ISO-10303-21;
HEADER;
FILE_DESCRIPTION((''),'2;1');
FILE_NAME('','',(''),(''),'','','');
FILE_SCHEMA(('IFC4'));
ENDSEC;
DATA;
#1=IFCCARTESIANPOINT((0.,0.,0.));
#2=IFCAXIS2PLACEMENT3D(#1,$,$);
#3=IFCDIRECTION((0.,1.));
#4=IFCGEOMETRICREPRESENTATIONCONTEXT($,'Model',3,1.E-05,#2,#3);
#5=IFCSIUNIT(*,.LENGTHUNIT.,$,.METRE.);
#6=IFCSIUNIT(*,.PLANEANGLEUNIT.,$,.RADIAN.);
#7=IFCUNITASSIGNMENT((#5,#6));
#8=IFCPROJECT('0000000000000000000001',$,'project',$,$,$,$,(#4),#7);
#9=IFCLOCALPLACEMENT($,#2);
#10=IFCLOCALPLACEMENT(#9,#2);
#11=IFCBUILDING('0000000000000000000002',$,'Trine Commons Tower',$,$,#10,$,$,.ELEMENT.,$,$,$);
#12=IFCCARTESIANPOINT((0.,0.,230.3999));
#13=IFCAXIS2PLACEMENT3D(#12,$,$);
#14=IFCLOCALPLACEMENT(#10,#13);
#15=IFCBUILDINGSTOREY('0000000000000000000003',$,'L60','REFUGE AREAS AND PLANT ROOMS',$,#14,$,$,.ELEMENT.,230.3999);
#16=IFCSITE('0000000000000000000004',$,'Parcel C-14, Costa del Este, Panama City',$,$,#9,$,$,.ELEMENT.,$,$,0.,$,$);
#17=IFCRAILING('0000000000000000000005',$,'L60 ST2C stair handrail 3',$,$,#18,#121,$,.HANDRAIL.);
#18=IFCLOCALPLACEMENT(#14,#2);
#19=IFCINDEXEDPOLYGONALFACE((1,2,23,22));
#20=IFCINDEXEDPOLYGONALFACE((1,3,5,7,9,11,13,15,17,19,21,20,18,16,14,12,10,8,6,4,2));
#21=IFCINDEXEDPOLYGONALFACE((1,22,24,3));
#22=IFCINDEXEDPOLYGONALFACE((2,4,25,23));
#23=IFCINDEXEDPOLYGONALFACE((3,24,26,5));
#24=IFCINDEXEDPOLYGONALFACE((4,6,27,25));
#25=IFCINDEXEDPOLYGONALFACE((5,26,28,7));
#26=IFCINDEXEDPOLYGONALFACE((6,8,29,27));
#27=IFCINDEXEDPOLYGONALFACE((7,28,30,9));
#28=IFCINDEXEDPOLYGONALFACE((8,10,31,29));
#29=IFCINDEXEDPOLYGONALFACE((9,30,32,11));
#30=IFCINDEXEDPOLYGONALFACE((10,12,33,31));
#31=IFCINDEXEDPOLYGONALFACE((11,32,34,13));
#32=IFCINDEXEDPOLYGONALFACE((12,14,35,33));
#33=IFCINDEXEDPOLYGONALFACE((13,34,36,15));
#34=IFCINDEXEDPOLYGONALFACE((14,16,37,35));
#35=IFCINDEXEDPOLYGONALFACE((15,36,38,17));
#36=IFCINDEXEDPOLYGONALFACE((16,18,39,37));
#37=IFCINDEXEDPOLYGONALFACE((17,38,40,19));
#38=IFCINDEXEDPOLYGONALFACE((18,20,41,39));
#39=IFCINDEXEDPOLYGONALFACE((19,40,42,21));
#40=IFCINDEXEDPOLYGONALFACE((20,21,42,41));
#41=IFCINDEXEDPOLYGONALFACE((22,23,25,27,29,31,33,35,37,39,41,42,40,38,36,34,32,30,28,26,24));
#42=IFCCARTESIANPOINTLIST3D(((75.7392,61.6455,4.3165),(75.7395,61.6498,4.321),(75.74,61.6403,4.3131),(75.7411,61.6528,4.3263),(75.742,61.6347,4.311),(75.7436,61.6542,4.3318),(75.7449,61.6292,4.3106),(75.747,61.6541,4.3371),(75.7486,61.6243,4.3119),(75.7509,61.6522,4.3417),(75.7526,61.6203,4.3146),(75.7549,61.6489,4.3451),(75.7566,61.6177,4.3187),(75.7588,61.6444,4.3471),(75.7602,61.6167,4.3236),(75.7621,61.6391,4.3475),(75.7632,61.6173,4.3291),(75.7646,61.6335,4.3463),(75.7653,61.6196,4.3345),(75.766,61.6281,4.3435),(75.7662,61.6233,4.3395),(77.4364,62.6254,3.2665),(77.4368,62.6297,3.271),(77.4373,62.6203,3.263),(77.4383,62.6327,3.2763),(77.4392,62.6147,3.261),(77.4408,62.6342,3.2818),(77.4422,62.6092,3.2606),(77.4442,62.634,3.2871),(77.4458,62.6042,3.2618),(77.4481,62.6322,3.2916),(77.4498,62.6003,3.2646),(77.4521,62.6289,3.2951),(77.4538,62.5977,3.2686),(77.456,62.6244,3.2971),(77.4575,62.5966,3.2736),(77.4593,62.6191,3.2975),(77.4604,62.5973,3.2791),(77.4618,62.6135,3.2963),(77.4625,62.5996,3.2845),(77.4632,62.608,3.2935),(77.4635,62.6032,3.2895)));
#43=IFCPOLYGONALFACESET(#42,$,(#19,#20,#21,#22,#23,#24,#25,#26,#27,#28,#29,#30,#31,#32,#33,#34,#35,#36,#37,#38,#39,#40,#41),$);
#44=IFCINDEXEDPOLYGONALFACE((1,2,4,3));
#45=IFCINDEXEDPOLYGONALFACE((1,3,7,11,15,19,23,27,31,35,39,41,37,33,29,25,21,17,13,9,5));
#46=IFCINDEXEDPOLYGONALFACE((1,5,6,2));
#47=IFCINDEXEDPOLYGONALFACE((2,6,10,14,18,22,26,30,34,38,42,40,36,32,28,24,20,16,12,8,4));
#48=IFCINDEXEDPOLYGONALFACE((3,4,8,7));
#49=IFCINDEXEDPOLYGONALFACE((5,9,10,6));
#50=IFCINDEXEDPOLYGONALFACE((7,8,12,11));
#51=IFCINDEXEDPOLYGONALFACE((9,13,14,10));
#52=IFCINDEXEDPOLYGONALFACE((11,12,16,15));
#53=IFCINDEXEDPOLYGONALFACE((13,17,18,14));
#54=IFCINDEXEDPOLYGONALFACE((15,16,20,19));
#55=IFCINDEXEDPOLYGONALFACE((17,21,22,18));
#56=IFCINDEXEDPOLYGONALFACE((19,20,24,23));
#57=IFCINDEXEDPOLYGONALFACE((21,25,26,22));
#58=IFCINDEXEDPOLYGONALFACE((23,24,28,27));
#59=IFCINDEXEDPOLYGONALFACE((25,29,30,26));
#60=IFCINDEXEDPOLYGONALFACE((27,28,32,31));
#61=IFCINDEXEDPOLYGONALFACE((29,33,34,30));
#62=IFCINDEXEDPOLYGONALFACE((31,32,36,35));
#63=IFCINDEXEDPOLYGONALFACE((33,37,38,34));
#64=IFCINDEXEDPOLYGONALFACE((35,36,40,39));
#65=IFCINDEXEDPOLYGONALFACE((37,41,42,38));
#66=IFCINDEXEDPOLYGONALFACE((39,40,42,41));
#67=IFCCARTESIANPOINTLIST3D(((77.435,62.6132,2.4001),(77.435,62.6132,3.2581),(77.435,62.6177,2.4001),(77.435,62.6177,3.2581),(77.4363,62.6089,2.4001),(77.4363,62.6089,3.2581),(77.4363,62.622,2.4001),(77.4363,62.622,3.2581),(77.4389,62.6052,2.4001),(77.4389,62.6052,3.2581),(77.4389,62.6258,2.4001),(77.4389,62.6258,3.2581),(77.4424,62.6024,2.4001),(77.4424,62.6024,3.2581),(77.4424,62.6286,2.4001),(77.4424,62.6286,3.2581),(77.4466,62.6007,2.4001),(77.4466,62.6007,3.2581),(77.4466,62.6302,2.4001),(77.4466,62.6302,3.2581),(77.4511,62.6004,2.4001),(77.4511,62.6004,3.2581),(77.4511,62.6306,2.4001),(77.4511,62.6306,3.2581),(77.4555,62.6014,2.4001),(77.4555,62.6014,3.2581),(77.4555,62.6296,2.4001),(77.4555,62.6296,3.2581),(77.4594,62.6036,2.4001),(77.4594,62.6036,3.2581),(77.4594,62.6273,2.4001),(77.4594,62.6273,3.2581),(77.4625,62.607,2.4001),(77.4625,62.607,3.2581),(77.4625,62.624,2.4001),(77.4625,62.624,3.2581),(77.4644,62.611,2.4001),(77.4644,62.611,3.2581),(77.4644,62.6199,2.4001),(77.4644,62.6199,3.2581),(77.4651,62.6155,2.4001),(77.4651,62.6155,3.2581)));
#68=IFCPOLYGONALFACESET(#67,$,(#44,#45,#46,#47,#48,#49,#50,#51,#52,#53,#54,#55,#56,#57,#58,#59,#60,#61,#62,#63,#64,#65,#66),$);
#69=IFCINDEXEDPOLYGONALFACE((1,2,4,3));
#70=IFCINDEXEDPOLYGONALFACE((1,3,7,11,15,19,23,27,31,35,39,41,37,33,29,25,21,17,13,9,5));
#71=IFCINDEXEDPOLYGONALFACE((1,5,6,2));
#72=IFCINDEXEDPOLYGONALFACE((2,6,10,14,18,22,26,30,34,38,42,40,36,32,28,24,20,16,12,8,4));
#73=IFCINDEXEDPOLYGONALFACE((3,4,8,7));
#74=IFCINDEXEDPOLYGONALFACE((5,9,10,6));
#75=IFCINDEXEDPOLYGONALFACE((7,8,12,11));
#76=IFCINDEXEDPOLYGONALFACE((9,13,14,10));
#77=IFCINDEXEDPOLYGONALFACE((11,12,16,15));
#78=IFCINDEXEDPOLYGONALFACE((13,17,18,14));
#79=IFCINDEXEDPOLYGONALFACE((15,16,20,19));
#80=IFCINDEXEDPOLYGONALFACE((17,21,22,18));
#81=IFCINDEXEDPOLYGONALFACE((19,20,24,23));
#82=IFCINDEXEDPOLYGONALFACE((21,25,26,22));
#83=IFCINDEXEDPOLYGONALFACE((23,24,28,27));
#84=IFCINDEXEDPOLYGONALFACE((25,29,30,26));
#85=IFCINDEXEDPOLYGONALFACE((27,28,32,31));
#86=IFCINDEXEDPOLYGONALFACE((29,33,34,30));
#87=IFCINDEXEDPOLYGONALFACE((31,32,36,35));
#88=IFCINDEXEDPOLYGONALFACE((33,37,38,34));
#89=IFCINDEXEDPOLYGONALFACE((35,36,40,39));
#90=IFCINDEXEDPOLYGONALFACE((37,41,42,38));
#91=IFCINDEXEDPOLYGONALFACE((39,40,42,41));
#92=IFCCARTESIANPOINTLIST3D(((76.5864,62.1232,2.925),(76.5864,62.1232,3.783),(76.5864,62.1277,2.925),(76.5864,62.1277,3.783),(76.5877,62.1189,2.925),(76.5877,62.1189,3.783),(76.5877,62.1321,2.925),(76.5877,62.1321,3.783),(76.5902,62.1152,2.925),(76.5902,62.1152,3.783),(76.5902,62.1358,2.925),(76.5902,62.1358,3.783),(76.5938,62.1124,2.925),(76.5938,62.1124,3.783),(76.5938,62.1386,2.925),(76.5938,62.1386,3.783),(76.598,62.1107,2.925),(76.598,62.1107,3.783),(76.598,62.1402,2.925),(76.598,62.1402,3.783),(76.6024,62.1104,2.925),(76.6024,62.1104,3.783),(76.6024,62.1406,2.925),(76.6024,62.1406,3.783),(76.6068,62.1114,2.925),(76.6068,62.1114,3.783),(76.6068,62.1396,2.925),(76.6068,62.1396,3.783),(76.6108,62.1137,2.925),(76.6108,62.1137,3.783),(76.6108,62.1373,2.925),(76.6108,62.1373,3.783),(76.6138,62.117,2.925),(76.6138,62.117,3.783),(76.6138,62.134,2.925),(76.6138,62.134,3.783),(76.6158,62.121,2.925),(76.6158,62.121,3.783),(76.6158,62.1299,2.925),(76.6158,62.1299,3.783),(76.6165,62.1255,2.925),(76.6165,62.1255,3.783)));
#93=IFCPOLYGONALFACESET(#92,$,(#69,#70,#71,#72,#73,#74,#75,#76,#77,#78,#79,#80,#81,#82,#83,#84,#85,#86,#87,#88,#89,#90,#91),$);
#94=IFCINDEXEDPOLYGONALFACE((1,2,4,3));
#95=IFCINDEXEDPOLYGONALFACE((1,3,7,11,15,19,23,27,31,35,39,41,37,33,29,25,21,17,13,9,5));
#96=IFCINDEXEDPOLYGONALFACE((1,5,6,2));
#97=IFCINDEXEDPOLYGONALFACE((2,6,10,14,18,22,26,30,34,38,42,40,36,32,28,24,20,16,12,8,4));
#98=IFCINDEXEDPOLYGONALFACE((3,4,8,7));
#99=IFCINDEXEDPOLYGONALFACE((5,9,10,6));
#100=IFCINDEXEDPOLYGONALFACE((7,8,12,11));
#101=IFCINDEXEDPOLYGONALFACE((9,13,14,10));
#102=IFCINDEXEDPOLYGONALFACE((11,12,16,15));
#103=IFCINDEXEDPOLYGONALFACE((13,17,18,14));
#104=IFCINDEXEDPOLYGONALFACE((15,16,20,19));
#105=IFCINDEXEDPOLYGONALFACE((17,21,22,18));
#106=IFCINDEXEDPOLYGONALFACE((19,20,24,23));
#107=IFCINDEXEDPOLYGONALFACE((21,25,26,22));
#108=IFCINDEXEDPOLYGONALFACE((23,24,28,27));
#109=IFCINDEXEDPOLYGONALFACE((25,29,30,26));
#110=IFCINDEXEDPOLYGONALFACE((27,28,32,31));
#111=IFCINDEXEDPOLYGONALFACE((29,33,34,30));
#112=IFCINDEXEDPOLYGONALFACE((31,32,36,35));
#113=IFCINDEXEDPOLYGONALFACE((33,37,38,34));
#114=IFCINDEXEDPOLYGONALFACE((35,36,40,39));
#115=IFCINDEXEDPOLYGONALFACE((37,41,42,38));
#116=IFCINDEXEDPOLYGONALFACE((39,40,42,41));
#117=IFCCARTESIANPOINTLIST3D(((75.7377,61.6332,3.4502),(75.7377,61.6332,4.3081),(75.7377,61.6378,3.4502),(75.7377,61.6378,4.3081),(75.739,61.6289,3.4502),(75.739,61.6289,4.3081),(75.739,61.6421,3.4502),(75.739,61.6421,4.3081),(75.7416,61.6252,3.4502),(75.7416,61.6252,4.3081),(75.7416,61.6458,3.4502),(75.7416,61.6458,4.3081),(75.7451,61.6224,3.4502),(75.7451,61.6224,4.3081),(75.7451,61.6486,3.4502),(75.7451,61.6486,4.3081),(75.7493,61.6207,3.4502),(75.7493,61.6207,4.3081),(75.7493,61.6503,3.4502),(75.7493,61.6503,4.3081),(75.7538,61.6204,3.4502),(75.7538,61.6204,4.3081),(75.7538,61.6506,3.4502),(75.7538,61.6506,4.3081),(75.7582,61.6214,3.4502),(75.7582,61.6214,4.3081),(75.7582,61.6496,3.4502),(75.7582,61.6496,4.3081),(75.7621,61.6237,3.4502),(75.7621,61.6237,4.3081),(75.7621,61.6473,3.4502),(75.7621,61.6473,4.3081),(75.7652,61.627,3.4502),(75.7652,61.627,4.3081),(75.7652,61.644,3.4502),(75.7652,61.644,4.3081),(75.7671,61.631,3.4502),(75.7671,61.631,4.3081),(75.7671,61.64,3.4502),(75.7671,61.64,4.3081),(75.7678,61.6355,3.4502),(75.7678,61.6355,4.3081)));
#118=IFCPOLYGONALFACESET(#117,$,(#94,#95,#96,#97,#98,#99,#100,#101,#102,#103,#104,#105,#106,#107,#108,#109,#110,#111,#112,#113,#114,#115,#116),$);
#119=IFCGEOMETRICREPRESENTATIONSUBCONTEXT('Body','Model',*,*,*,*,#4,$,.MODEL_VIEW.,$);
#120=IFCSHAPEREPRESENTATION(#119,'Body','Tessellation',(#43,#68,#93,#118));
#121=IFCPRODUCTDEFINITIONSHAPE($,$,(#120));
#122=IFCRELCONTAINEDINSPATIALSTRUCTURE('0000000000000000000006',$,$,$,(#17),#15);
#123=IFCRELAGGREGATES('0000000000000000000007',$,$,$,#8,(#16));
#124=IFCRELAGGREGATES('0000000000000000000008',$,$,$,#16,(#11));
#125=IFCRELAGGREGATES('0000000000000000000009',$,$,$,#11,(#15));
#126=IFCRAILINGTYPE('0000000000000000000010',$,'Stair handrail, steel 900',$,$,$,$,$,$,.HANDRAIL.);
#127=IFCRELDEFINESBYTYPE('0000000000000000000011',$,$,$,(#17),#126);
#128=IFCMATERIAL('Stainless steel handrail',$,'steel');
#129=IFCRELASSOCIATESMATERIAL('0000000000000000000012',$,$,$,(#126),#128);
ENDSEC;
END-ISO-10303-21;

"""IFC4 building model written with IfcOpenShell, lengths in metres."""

from ifc_helpers import new_model, si_unit, direction, frame, origin, origin_2d, place, context, subcontext, project, spatial, circle, extrude, material, type_object, element, save


model = new_model("IFC4")

# Units and contexts
model_context = context("Model", 3, precision=1e-05, world=origin(), true_north=direction((0.0, 1.0)))
body_context = subcontext(model_context, "Body", "Model", "MODEL_VIEW")
ifc_project = project(units=[si_unit("LENGTHUNIT", "METRE"), si_unit("PLANEANGLEUNIT", "RADIAN")], contexts=[model_context])

# Site, building, storey
site_placement = place(None, origin())
site = spatial("IfcSite", under=ifc_project, at=site_placement, Name="Parcel C-14, Costa del Este, Panama City", CompositionType="ELEMENT", RefElevation=0.0)
building_placement = place(site_placement, origin())
building = spatial("IfcBuilding", under=site, at=building_placement, Name="Trine Commons Tower", CompositionType="ELEMENT")
storey_placement = place(building_placement, frame((0.0, 0.0, 230.3999)))
storey = spatial("IfcBuildingStorey", under=building, at=storey_placement, Name="L60", Description="REFUGE AREAS AND PLANT ROOMS", CompositionType="ELEMENT", Elevation=230.3999)

# Railing
ifc_material_1 = material(Name="Stainless steel handrail", Category="steel")
railing_type_1 = type_object("IfcRailingType", Name="Stair handrail, steel 900", PredefinedType="HANDRAIL", material=ifc_material_1)
railing_1_placement = place(storey_placement, frame((77.45, 62.6155, 2.4001)))
element("IfcRailing", 1, at=railing_1_placement, inside=storey, type_object=railing_type_1, Name="L60 ST2C stair handrail 3", PredefinedType="HANDRAIL", context=body_context, shape_type="SweptSolid", body=[
    extrude(circle(Radius=0.021, at=origin_2d()), frame((0.0, 0.0, 0.8789), z_axis=(-0.763352, -0.44075, 0.472264), x_axis=(0.500024, -0.866011, 0.0)), (0.0, 0.0, 1.0), 2.2234),
    extrude(circle(Radius=0.0151, at=origin_2d()), origin(), (0.0, 0.0, 1.0), 0.8579),
    extrude(circle(Radius=0.0151, at=origin_2d()), frame((-0.8486, -0.49, 0.5249)), (0.0, 0.0, 1.0), 0.8579),
    extrude(circle(Radius=0.0151, at=origin_2d()), frame((-1.6973, -0.98, 1.05)), (0.0, 0.0, 1.0), 0.8579),
])

save(model, "model.ifc")
